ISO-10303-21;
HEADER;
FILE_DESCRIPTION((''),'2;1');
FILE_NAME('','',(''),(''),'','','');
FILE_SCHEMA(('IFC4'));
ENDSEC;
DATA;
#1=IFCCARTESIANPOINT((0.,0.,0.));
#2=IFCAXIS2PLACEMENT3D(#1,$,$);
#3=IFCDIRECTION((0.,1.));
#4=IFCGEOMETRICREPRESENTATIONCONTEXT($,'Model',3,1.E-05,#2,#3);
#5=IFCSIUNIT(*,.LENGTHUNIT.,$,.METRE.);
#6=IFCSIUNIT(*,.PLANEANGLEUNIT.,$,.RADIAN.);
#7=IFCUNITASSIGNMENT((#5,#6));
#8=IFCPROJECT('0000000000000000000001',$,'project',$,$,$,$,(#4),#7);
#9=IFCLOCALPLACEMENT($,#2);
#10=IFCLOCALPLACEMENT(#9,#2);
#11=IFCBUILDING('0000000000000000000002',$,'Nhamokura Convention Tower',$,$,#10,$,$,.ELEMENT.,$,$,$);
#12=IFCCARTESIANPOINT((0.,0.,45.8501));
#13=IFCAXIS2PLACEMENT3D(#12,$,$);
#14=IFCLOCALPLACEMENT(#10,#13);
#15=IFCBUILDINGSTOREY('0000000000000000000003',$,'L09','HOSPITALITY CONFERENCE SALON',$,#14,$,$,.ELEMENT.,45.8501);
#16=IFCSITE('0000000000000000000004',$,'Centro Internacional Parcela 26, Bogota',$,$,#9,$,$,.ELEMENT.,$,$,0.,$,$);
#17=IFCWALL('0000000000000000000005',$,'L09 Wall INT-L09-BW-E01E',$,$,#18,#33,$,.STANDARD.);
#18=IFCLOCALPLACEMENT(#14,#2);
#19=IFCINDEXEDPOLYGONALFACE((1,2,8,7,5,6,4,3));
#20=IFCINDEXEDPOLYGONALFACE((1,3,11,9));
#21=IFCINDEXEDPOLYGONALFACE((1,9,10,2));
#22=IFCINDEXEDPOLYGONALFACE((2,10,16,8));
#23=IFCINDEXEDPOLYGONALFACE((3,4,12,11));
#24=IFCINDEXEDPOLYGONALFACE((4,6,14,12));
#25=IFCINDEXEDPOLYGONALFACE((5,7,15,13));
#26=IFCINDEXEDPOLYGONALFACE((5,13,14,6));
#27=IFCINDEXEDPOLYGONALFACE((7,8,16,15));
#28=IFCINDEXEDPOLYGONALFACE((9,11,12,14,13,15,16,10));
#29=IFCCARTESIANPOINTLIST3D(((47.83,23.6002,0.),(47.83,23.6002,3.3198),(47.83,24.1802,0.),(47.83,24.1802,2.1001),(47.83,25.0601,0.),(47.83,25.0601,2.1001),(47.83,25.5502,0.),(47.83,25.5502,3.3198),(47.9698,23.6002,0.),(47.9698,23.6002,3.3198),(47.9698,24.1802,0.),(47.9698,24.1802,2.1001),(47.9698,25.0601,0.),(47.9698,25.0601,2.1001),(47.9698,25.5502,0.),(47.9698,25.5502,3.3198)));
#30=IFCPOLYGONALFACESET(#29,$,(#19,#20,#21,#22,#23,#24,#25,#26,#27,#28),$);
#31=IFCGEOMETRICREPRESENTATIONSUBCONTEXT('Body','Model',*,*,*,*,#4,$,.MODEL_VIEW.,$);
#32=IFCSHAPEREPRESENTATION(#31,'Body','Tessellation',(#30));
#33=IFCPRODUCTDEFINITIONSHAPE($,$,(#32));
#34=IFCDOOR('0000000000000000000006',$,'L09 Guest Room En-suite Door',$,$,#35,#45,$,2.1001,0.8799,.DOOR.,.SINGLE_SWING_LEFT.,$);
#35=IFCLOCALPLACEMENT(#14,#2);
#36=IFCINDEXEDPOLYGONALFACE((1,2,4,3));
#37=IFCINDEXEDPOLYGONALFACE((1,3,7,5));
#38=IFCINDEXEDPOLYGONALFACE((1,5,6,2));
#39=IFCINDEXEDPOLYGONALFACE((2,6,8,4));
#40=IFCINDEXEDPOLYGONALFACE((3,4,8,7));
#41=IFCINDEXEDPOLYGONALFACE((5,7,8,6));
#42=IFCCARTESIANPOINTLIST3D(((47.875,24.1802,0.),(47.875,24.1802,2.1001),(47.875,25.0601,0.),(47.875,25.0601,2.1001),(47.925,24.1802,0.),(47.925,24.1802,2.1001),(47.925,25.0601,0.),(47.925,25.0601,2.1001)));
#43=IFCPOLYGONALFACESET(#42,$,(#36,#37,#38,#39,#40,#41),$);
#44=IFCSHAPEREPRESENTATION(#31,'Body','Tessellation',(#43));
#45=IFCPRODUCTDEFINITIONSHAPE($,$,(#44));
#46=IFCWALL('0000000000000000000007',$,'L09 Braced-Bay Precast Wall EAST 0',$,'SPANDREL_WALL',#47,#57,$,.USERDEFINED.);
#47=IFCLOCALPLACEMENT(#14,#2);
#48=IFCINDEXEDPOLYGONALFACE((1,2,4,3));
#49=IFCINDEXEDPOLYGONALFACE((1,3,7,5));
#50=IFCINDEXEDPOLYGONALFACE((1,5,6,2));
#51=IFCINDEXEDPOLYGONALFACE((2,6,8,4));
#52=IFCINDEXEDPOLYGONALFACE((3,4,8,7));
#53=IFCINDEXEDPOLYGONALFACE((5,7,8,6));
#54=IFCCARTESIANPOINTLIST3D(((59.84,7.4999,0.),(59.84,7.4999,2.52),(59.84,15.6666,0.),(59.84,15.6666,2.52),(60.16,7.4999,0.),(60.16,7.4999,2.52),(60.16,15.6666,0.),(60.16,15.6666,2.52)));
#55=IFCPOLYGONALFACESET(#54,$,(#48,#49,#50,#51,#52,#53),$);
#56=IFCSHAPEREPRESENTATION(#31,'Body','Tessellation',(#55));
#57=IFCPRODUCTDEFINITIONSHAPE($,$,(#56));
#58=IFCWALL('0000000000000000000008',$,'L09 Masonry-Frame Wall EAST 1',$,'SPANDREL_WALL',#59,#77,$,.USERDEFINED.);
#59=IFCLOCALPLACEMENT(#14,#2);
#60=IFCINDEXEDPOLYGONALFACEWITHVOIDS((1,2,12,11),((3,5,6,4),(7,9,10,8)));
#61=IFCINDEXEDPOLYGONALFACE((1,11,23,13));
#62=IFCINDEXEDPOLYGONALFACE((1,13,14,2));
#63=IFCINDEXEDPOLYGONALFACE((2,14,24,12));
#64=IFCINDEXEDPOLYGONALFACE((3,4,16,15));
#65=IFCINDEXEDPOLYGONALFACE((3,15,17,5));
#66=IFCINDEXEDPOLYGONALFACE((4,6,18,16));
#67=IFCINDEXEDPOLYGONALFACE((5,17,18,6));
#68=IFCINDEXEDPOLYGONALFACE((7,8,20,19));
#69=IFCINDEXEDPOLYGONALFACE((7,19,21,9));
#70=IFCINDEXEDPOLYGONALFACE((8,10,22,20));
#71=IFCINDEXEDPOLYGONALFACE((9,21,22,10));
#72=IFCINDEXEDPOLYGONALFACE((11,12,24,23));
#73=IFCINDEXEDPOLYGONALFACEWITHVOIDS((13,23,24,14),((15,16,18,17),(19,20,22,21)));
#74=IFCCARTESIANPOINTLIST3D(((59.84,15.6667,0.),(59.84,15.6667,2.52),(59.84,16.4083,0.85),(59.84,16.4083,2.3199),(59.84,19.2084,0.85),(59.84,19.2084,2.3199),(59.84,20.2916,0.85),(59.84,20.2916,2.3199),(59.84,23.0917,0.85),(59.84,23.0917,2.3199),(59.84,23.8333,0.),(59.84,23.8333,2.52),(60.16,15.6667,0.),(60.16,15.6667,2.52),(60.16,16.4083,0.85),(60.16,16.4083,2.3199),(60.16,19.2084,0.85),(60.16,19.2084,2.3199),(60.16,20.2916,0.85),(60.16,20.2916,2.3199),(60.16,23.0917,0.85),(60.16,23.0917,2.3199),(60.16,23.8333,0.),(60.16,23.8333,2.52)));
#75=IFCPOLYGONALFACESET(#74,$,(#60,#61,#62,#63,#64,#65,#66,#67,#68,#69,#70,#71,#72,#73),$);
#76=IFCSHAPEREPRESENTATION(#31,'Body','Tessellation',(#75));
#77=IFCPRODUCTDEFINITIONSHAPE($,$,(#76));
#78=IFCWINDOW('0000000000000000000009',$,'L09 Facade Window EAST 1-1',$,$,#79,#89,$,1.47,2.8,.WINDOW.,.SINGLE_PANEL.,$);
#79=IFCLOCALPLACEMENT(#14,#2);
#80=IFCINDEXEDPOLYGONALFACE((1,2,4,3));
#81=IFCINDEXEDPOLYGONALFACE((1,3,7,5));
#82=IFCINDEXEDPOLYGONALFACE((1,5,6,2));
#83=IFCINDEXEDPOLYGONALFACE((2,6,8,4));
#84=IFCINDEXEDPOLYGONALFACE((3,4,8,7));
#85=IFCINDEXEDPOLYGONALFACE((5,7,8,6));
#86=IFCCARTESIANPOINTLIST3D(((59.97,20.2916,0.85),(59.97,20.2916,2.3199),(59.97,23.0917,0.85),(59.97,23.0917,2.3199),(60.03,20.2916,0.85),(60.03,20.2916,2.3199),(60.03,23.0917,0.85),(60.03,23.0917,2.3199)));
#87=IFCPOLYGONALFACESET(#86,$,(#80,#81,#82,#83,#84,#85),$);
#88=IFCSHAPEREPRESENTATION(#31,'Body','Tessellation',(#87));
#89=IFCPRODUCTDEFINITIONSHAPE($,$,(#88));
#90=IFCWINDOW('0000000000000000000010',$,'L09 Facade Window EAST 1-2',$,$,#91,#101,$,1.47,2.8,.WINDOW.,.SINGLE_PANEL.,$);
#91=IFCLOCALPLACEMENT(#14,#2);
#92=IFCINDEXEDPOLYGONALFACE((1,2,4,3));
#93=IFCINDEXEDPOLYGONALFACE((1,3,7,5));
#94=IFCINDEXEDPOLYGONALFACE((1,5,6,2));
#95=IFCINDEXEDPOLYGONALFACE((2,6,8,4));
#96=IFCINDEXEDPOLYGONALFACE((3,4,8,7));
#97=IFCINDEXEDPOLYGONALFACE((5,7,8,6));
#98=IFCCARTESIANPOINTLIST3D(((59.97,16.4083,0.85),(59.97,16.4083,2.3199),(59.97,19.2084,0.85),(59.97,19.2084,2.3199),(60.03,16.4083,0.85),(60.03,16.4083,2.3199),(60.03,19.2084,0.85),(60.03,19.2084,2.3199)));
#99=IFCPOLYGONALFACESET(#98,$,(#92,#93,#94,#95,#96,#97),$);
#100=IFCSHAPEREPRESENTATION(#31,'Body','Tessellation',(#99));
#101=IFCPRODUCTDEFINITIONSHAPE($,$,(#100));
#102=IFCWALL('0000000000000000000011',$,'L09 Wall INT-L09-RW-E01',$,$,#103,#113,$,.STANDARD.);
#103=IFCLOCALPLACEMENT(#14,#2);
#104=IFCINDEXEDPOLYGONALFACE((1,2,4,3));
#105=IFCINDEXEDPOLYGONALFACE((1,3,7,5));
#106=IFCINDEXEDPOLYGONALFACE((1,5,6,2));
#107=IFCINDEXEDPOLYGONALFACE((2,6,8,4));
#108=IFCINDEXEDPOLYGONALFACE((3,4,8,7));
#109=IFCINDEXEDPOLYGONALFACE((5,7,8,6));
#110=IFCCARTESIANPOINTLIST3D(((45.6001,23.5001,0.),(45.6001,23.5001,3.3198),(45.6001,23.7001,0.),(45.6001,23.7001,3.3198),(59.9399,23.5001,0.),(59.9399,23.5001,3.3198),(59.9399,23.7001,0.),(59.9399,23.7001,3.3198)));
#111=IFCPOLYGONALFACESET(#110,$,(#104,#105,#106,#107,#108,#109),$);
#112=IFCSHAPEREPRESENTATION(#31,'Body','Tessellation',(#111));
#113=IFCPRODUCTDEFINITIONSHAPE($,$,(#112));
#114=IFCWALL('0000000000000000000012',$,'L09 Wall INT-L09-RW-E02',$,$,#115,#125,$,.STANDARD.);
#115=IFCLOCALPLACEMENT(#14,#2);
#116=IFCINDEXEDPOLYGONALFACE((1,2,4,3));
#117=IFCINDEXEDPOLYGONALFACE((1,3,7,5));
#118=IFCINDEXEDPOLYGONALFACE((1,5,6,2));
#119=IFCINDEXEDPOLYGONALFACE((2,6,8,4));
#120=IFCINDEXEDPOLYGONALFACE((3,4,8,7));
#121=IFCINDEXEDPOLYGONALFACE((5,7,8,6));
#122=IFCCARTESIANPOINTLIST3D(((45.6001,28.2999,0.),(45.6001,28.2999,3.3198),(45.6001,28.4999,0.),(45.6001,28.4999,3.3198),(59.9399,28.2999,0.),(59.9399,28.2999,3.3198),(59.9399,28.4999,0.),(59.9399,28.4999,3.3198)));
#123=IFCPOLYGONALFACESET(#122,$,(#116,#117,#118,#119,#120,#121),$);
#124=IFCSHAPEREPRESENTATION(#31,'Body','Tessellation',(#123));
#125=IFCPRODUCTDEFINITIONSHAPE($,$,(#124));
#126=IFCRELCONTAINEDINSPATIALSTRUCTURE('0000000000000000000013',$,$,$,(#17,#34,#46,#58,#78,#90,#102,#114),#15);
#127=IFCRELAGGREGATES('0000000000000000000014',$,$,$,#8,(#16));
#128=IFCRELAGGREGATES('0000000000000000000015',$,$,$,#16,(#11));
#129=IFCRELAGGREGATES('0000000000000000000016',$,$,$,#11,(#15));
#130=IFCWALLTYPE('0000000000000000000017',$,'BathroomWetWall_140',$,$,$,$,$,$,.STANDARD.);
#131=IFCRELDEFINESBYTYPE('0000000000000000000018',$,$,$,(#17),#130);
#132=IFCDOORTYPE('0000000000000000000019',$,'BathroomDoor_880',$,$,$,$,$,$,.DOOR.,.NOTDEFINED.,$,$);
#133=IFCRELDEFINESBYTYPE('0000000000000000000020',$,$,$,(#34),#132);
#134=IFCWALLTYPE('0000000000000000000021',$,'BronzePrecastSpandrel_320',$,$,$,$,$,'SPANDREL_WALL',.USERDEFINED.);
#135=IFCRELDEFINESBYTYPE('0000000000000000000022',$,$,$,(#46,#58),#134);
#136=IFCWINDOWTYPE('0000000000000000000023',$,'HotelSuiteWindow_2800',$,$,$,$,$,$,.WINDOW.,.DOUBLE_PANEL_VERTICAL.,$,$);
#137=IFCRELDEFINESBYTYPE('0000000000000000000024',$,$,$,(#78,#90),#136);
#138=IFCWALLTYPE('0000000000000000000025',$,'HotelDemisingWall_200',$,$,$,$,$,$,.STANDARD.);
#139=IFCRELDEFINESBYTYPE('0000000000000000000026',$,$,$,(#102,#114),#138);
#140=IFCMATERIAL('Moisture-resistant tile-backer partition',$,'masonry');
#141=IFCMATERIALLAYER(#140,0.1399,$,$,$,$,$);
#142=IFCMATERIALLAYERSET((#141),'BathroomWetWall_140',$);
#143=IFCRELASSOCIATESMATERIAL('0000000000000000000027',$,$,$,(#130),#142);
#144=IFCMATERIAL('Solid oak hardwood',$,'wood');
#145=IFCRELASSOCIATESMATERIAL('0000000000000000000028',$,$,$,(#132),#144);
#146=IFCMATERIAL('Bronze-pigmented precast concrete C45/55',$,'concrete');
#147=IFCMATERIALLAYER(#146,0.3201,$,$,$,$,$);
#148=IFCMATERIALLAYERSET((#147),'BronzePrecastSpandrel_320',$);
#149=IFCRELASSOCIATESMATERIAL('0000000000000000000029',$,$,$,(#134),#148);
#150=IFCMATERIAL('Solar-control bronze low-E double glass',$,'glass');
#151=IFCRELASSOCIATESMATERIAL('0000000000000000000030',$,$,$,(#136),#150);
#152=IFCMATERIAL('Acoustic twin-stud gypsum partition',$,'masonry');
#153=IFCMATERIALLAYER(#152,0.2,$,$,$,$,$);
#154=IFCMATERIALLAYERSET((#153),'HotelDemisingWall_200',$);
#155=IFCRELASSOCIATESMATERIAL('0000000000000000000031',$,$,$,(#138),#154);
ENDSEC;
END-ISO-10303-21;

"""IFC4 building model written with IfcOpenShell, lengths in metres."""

from ifc_helpers import new_model, si_unit, direction, frame, frame_2d, origin, place, context, subcontext, project, spatial, rectangle, extrude, material, layer, layer_set, type_object, element, fill, save


model = new_model("IFC4")

# Units and contexts
model_context = context("Model", 3, precision=1e-05, world=origin(), true_north=direction((0.0, 1.0)))
body_context = subcontext(model_context, "Body", "Model", "MODEL_VIEW")
ifc_project = project(units=[si_unit("LENGTHUNIT", "METRE"), si_unit("PLANEANGLEUNIT", "RADIAN")], contexts=[model_context])

# Site, building, storey
site_placement = place(None, origin())
site = spatial("IfcSite", under=ifc_project, at=site_placement, Name="Centro Internacional Parcela 26, Bogota", CompositionType="ELEMENT", RefElevation=0.0)
building_placement = place(site_placement, origin())
building = spatial("IfcBuilding", under=site, at=building_placement, Name="Nhamokura Convention Tower", CompositionType="ELEMENT")
storey_placement = place(building_placement, frame((0.0, 0.0, 45.8501)))
storey = spatial("IfcBuildingStorey", under=building, at=storey_placement, Name="L09", Description="HOSPITALITY CONFERENCE SALON", CompositionType="ELEMENT", Elevation=45.8501)

# Shared definitions
ifc_material_1 = material(Name="Moisture-resistant tile-backer partition", Category="masonry")
ifc_layer_1 = layer(ifc_material_1, 0.1399)
ifc_layer_set_1 = layer_set([ifc_layer_1], Name="BathroomWetWall_140")
wall_type_1 = type_object("IfcWallType", Name="BathroomWetWall_140", PredefinedType="STANDARD", material=ifc_layer_set_1)

# Wall, opening, door
wall_1_placement = place(storey_placement, frame((47.8999, 23.6001, 0.0), z_axis=(0.0, 0.0, 1.0), x_axis=(0.0, 1.0, 0.0)))
wall_1 = element("IfcWall", 1, at=wall_1_placement, inside=storey, type_object=wall_type_1, Name="L09 Wall INT-L09-BW-E01E", PredefinedType="STANDARD", context=body_context, shape_type="SweptSolid", body=[
    extrude(rectangle(XDim=1.95, YDim=0.1399, at=frame_2d((0.9751, 0.0))), origin(), (0.0, 0.0, 1.0), 3.3198),
])
opening_1_placement = place(wall_1_placement, frame((0.5801, 0.0, 0.0)))
opening_1 = element("IfcOpeningElement", 2, at=opening_1_placement, cuts=wall_1, PredefinedType="OPENING", context=body_context, shape_type="SweptSolid", body=[
    extrude(rectangle(XDim=0.8799, YDim=2.1001, at=frame_2d((0.4399, 1.05))), frame((0.0, 0.0798, 0.0), z_axis=(0.0, -1.0, 0.0), x_axis=(1.0, 0.0, 0.0)), (0.0, 0.0, 1.0), 0.1599),
])
ifc_material_2 = material(Name="Solid oak hardwood", Category="wood")
door_type_1 = type_object("IfcDoorType", Name="BathroomDoor_880", OperationType="NOTDEFINED", PredefinedType="DOOR", material=ifc_material_2)
door_1_placement = place(opening_1_placement, origin())
door_1 = element("IfcDoor", 3, at=door_1_placement, inside=storey, type_object=door_type_1, Name="L09 Guest Room En-suite Door", OperationType="SINGLE_SWING_LEFT", OverallHeight=2.1001, OverallWidth=0.8799, PredefinedType="DOOR", context=body_context, shape_type="SweptSolid", body=[
    extrude(rectangle(XDim=0.8799, YDim=2.1001, at=frame_2d((0.4399, 1.05))), frame((0.0, 0.0249, 0.0), z_axis=(0.0, -1.0, 0.0), x_axis=(1.0, 0.0, 0.0)), (0.0, 0.0, 1.0), 0.05),
])
fill(opening_1, door_1)

# Wall
ifc_material_3 = material(Name="Bronze-pigmented precast concrete C45/55", Category="concrete")
ifc_layer_2 = layer(ifc_material_3, 0.3201)
ifc_layer_set_2 = layer_set([ifc_layer_2], Name="BronzePrecastSpandrel_320")
wall_type_2 = type_object("IfcWallType", Name="BronzePrecastSpandrel_320", ElementType="SPANDREL_WALL", PredefinedType="USERDEFINED", material=ifc_layer_set_2)
wall_2_placement = place(storey_placement, frame((60.0, 15.6667, 0.0), z_axis=(0.0, 0.0, 1.0), x_axis=(0.0, -1.0, 0.0)))
element("IfcWall", 4, at=wall_2_placement, inside=storey, type_object=wall_type_2, Name="L09 Braced-Bay Precast Wall EAST 0", ObjectType="SPANDREL_WALL", PredefinedType="USERDEFINED", context=body_context, shape_type="SweptSolid", body=[
    extrude(rectangle(XDim=8.1667, YDim=0.3201, at=frame_2d((4.0835, 0.0))), origin(), (0.0, 0.0, 1.0), 2.52),
])

# Wall, openings, windows
wall_3_placement = place(storey_placement, frame((60.0, 23.8333, 0.0), z_axis=(0.0, 0.0, 1.0), x_axis=(0.0, -1.0, 0.0)))
wall_3 = element("IfcWall", 5, at=wall_3_placement, inside=storey, type_object=wall_type_2, Name="L09 Masonry-Frame Wall EAST 1", ObjectType="SPANDREL_WALL", PredefinedType="USERDEFINED", context=body_context, shape_type="SweptSolid", body=[
    extrude(rectangle(XDim=8.1665, YDim=0.3201, at=frame_2d((4.0833, 0.0))), origin(), (0.0, 0.0, 1.0), 2.52),
])
opening_2_placement = place(wall_3_placement, frame((0.7417, 0.0, 0.8501)))
opening_2 = element("IfcOpeningElement", 6, at=opening_2_placement, cuts=wall_3, PredefinedType="OPENING", context=body_context, shape_type="SweptSolid", body=[
    extrude(rectangle(XDim=2.8, YDim=1.47, at=frame_2d((1.3999, 0.7349))), frame((0.0, 0.1699, 0.0), z_axis=(0.0, -1.0, 0.0), x_axis=(1.0, 0.0, 0.0)), (0.0, 0.0, 1.0), 0.3401),
])
opening_3_placement = place(wall_3_placement, frame((4.625, 0.0, 0.8501)))
opening_3 = element("IfcOpeningElement", 7, at=opening_3_placement, cuts=wall_3, PredefinedType="OPENING", context=body_context, shape_type="SweptSolid", body=[
    extrude(rectangle(XDim=2.8, YDim=1.47, at=frame_2d((1.3999, 0.7349))), frame((0.0, 0.1699, 0.0), z_axis=(0.0, -1.0, 0.0), x_axis=(1.0, 0.0, 0.0)), (0.0, 0.0, 1.0), 0.3401),
])
ifc_material_4 = material(Name="Solar-control bronze low-E double glass", Category="glass")
window_type = type_object("IfcWindowType", Name="HotelSuiteWindow_2800", PartitioningType="DOUBLE_PANEL_VERTICAL", PredefinedType="WINDOW", material=ifc_material_4)
window_1_placement = place(opening_2_placement, origin())
window_1 = element("IfcWindow", 8, at=window_1_placement, inside=storey, type_object=window_type, Name="L09 Facade Window EAST 1-1", OverallHeight=1.47, OverallWidth=2.8, PartitioningType="SINGLE_PANEL", PredefinedType="WINDOW", context=body_context, shape_type="SweptSolid", body=[
    extrude(rectangle(XDim=2.8, YDim=1.47, at=frame_2d((1.3999, 0.7349))), frame((0.0, 0.03, 0.0), z_axis=(0.0, -1.0, 0.0), x_axis=(1.0, 0.0, 0.0)), (0.0, 0.0, 1.0), 0.0601),
])
fill(opening_2, window_1)
window_2_placement = place(opening_3_placement, origin())
window_2 = element("IfcWindow", 9, at=window_2_placement, inside=storey, type_object=window_type, Name="L09 Facade Window EAST 1-2", OverallHeight=1.47, OverallWidth=2.8, PartitioningType="SINGLE_PANEL", PredefinedType="WINDOW", context=body_context, shape_type="SweptSolid", body=[
    extrude(rectangle(XDim=2.8, YDim=1.47, at=frame_2d((1.3999, 0.7349))), frame((0.0, 0.03, 0.0), z_axis=(0.0, -1.0, 0.0), x_axis=(1.0, 0.0, 0.0)), (0.0, 0.0, 1.0), 0.0601),
])
fill(opening_3, window_2)

# Walls
ifc_material_5 = material(Name="Acoustic twin-stud gypsum partition", Category="masonry")
ifc_layer_3 = layer(ifc_material_5, 0.2)
ifc_layer_set_3 = layer_set([ifc_layer_3], Name="HotelDemisingWall_200")
wall_type_3 = type_object("IfcWallType", Name="HotelDemisingWall_200", PredefinedType="STANDARD", material=ifc_layer_set_3)
for number, where, z_axis, x_axis, name in (
    (10, (45.6001, 23.6001, 0.0), (0.0, 0.0, 1.0), (1.0, 0.0, 0.0), "L09 Wall INT-L09-RW-E01"),
    (11, (45.6001, 28.3999, 0.0), (0.0, 0.0, 1.0), (1.0, 0.0, 0.0), "L09 Wall INT-L09-RW-E02"),
):
    element("IfcWall", number, at=place(storey_placement, frame(where, z_axis=z_axis, x_axis=x_axis)), inside=storey, type_object=wall_type_3, Name=name, PredefinedType="STANDARD", context=body_context, shape_type="SweptSolid", body=[
        extrude(rectangle(XDim=14.3398, YDim=0.2, at=frame_2d((7.1699, 0.0))), origin(), (0.0, 0.0, 1.0), 3.3198),
    ])

save(model, "model.ifc")
